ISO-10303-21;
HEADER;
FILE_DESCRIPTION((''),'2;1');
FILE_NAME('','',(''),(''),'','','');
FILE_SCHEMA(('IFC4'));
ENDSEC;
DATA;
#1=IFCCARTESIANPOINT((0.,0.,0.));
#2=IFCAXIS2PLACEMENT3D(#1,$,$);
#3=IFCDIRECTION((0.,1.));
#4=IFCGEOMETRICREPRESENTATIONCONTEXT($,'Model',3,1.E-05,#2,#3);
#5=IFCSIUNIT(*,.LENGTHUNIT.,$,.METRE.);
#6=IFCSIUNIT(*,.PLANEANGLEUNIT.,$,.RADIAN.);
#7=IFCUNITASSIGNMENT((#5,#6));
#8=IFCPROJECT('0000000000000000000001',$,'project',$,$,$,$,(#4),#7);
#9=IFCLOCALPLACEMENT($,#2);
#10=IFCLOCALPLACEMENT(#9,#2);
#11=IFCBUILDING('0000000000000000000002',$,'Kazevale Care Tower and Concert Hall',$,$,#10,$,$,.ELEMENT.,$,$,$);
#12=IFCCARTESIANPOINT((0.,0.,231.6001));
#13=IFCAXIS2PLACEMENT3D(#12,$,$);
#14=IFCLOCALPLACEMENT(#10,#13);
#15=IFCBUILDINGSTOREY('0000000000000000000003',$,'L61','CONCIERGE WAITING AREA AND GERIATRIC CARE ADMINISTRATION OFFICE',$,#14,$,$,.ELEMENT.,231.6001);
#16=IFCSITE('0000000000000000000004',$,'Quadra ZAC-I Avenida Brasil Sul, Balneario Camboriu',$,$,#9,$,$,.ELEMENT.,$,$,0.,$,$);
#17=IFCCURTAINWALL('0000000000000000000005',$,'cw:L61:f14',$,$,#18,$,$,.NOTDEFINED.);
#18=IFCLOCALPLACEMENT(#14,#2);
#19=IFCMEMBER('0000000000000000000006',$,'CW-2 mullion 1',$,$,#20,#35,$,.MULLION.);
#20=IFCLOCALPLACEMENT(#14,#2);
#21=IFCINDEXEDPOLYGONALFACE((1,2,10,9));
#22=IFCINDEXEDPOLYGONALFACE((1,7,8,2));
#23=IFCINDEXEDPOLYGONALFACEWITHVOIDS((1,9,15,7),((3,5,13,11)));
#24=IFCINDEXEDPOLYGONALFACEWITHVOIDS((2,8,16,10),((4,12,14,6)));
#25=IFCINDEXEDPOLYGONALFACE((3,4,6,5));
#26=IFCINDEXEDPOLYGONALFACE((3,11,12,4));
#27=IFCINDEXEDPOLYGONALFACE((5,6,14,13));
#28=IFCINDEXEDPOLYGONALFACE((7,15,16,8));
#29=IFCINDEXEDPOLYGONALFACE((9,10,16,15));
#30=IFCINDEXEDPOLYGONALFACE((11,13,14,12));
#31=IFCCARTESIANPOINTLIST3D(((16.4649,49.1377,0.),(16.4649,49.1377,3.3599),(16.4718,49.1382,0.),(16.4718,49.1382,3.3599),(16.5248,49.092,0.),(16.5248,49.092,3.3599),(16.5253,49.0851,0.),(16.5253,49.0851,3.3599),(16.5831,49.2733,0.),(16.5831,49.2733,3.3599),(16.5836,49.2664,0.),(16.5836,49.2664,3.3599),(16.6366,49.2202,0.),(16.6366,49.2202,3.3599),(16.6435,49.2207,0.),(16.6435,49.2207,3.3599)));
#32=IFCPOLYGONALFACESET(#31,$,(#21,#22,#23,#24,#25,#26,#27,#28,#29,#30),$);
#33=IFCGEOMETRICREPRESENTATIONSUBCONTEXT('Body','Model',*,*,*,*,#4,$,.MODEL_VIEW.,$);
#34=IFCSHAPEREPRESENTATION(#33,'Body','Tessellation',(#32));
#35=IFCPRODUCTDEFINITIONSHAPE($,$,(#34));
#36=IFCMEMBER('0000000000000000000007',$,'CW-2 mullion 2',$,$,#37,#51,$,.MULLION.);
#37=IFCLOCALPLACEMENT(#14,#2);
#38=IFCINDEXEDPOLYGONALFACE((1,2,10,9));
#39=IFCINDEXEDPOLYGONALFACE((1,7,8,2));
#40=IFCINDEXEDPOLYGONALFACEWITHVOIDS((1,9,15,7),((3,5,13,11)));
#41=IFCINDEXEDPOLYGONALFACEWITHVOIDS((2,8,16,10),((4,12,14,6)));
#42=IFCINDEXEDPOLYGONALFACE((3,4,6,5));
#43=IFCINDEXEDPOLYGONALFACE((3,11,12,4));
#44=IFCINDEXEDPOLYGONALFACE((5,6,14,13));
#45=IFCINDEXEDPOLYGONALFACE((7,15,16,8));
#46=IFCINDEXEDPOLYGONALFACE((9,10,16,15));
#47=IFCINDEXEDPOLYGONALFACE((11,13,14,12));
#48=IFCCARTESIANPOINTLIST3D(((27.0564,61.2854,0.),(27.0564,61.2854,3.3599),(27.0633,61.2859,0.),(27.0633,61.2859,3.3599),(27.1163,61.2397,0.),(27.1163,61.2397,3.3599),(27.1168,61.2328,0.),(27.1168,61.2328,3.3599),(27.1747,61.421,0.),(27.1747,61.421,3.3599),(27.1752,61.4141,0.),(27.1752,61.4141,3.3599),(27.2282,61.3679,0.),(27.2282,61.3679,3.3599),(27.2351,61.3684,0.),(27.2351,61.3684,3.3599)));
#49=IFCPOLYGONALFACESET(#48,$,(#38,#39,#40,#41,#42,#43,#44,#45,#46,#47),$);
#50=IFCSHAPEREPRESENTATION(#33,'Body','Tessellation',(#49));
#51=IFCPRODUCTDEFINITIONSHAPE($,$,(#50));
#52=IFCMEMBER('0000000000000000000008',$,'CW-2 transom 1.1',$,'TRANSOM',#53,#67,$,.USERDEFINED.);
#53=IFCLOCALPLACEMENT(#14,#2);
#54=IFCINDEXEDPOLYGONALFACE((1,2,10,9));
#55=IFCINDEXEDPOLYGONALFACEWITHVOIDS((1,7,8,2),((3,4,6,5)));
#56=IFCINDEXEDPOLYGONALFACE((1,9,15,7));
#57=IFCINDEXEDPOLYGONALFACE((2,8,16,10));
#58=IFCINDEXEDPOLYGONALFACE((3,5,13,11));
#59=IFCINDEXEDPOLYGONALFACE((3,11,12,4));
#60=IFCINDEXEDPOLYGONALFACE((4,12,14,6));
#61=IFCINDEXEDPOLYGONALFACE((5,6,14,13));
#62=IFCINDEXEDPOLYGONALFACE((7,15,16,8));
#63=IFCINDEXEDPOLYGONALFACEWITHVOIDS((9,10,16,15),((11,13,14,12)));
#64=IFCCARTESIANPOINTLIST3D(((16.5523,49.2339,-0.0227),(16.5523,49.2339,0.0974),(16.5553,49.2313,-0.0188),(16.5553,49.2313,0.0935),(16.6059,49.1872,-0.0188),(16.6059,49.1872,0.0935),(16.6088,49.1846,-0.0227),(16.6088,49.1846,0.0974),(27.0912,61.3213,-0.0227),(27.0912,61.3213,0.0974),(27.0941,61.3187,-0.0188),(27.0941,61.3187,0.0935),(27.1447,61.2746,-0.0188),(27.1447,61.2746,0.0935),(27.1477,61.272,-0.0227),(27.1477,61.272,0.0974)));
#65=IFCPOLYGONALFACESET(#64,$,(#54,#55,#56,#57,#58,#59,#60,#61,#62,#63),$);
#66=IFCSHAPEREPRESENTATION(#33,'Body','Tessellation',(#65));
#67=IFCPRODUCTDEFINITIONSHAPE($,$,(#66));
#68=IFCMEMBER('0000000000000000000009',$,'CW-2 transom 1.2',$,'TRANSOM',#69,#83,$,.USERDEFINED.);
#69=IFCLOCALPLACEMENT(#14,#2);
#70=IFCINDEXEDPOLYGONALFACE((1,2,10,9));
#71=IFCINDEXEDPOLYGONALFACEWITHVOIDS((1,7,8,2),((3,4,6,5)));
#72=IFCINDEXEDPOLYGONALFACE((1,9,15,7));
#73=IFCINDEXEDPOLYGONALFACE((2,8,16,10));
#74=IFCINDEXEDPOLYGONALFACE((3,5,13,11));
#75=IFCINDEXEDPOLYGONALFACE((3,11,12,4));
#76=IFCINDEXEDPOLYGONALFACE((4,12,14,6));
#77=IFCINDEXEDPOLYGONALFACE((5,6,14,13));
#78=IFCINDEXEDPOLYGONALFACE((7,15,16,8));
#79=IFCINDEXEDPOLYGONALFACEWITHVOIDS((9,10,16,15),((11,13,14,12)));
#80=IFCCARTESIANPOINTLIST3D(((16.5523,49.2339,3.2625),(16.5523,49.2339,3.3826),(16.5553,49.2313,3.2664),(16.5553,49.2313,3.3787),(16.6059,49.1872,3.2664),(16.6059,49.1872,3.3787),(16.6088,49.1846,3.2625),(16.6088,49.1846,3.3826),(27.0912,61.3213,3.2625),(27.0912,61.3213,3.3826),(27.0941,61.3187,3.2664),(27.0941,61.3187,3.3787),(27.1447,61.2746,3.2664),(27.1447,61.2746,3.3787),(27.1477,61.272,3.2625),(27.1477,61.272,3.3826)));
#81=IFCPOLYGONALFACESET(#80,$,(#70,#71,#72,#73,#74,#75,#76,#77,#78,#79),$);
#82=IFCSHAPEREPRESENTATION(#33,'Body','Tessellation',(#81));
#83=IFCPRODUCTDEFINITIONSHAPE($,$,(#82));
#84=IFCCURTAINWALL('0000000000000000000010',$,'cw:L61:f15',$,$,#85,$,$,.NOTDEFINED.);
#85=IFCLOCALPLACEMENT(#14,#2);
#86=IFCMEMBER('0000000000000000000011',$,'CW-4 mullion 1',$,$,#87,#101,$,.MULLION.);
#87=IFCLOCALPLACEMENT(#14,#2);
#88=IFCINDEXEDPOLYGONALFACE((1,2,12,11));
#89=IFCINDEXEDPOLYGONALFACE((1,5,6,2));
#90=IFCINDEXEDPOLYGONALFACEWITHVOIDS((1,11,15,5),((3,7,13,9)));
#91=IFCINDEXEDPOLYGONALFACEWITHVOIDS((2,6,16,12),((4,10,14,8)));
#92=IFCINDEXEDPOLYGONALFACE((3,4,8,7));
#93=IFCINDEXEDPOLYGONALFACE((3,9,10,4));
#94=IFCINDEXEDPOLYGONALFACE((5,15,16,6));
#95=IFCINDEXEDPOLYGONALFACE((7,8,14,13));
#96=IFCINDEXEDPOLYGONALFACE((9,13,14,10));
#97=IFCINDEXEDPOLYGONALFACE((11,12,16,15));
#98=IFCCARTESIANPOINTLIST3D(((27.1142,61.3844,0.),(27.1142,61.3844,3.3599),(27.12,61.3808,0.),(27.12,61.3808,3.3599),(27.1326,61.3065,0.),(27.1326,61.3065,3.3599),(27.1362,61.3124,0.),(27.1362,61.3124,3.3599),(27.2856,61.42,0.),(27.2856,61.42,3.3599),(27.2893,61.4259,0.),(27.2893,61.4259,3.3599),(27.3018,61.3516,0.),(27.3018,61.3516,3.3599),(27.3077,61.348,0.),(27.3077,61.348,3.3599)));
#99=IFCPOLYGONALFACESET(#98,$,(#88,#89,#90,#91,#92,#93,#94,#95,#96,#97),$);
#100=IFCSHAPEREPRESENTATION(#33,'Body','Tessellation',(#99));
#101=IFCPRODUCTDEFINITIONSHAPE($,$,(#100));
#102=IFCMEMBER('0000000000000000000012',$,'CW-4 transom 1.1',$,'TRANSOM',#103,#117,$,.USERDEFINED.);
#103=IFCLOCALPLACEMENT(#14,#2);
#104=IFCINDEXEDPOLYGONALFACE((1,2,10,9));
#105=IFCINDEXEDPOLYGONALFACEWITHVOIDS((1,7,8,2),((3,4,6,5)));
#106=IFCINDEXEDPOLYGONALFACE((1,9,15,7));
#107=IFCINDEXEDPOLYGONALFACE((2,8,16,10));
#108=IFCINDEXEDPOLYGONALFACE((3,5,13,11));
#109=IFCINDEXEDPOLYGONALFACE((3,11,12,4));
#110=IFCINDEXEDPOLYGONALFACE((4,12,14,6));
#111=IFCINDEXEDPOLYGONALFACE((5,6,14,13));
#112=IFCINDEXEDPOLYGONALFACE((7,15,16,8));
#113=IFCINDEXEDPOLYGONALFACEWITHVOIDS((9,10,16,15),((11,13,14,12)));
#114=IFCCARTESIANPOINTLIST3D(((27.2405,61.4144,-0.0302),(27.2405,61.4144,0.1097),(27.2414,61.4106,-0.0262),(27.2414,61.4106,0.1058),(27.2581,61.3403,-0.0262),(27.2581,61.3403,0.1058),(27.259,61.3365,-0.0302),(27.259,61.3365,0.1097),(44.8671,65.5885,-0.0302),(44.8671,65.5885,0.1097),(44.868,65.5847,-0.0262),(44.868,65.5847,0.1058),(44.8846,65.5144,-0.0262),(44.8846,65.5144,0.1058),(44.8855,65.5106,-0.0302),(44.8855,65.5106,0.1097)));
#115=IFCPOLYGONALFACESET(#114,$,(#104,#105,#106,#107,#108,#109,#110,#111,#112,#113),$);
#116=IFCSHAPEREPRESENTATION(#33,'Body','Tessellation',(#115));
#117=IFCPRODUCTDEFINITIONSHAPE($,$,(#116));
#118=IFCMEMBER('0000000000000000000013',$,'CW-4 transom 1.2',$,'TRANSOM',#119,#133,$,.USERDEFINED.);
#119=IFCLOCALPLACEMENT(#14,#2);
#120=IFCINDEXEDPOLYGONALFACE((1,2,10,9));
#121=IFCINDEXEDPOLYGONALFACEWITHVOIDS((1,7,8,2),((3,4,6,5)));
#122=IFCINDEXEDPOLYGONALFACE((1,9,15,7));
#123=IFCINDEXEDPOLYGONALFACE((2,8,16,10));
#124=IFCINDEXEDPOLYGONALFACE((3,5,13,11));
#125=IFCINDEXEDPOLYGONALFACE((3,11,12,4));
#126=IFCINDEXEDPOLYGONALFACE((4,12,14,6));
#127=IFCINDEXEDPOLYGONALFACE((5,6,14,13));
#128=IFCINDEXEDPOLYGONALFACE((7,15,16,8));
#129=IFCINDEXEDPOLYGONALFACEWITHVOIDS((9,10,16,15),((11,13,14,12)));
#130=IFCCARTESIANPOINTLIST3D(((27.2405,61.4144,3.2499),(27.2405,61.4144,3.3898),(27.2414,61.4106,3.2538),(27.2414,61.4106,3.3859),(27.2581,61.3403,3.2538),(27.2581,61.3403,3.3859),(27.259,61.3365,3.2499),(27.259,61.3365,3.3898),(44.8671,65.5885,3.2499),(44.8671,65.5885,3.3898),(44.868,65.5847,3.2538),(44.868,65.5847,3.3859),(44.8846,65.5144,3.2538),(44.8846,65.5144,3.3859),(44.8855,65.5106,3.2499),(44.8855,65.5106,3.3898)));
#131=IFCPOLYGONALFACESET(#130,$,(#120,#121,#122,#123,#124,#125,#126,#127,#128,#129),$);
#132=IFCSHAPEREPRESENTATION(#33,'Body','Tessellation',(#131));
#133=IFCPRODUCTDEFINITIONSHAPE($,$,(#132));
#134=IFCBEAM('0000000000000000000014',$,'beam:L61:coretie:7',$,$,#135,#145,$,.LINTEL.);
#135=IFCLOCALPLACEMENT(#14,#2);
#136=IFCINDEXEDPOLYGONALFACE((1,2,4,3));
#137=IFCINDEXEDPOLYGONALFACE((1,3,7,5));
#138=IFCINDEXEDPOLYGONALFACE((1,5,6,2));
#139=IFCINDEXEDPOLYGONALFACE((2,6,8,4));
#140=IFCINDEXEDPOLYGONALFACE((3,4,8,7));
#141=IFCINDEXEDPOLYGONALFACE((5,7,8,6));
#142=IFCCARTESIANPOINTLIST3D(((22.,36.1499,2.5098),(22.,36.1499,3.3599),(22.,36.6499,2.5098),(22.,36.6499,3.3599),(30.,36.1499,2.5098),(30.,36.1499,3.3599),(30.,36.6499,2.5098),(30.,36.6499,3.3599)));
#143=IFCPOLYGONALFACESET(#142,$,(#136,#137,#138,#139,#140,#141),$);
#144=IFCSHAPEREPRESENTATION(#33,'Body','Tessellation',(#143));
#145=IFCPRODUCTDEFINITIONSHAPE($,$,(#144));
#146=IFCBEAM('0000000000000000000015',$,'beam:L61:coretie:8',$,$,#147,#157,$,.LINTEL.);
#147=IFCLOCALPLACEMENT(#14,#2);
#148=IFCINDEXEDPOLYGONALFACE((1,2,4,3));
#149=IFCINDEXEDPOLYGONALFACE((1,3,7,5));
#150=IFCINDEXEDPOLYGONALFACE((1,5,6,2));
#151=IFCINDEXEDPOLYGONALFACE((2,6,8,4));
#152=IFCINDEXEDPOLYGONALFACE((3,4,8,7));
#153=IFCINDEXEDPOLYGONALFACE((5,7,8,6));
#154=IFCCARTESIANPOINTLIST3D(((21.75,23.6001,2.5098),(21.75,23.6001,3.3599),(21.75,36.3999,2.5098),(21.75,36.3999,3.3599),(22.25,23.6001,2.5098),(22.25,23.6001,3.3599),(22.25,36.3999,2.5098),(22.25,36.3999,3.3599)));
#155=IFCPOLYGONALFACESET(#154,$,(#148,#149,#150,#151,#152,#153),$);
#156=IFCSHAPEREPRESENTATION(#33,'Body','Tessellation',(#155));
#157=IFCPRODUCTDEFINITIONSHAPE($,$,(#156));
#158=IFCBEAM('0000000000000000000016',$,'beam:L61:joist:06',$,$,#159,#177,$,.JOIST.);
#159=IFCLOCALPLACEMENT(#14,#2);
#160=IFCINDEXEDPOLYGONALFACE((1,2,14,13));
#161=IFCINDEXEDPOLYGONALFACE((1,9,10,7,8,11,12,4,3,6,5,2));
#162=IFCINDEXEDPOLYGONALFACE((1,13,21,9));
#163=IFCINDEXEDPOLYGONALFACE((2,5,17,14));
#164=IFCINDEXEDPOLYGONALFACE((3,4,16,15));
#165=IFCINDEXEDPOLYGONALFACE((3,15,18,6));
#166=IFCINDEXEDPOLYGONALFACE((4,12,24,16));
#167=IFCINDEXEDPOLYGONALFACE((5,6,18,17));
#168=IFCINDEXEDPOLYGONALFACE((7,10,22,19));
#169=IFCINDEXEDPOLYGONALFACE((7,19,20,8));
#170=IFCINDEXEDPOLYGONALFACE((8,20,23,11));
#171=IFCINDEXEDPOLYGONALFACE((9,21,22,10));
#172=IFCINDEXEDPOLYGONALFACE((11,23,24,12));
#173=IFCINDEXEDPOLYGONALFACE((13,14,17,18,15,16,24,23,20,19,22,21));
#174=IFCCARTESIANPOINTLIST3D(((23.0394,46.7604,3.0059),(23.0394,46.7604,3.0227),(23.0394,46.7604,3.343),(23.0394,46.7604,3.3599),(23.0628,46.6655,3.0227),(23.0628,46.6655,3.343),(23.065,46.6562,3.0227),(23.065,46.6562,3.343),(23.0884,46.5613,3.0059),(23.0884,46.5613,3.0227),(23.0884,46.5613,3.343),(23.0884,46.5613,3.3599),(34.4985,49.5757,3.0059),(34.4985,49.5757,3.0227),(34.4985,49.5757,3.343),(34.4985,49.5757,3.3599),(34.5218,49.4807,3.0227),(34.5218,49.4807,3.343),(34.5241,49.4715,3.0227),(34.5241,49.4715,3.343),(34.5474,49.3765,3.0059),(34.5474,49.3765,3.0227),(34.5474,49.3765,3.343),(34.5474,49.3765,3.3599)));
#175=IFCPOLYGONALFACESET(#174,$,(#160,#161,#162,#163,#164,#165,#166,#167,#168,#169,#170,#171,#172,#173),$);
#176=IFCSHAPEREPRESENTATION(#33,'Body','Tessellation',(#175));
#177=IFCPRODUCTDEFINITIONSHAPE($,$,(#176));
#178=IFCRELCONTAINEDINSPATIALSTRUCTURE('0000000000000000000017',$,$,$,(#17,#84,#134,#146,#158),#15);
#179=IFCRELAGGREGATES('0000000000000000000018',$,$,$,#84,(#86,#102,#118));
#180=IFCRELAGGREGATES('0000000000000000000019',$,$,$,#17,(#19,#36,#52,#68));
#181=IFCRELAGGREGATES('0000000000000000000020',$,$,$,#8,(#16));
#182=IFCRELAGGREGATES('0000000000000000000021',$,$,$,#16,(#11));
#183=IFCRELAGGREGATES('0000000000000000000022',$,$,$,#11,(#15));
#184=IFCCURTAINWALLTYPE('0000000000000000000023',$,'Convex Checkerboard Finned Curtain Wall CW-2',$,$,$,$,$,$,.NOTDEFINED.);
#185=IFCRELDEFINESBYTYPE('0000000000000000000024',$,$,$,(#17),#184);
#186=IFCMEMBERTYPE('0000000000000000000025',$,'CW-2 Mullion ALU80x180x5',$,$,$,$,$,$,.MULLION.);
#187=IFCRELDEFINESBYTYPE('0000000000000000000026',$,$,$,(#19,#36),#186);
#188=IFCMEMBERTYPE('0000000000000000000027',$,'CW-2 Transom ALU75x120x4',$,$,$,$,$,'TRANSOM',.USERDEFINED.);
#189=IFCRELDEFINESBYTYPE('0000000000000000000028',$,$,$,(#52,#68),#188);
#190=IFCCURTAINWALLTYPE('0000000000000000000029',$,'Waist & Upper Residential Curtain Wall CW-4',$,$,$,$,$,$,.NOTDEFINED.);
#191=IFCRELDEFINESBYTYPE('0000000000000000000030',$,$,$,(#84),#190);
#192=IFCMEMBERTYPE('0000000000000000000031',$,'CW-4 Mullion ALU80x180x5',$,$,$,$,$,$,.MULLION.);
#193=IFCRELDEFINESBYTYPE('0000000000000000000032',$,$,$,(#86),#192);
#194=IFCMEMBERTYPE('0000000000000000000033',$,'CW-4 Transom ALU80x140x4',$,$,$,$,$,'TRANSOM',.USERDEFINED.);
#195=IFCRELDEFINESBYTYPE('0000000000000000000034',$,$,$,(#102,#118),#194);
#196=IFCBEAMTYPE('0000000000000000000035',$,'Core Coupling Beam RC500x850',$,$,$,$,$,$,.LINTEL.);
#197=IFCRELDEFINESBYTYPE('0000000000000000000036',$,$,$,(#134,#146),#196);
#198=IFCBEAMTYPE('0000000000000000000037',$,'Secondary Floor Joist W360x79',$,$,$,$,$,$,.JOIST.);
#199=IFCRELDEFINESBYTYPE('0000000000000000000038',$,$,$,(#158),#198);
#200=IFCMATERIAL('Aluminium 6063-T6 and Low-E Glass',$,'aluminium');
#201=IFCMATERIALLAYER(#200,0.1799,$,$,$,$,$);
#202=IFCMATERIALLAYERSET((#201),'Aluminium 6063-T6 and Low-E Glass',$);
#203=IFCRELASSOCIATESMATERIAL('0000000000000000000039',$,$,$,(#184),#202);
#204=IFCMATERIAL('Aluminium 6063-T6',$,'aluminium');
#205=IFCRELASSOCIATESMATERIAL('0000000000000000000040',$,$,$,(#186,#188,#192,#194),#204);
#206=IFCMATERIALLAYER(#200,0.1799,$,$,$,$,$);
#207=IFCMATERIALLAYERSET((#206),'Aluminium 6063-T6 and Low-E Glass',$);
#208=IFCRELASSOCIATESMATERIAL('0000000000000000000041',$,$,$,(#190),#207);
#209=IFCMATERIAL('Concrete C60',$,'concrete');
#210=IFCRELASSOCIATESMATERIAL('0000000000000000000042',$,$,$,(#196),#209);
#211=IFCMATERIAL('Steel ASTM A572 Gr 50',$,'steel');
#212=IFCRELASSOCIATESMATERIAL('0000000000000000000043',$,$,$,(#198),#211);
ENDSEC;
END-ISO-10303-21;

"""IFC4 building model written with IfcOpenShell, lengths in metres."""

from ifc_helpers import new_model, si_unit, direction, frame, origin, origin_2d, place, context, subcontext, project, spatial, rectangle, hollow_rectangle, i_section, extrude, material, layer, layer_set, material_profile, profile_set, type_object, element, aggregate, save


model = new_model("IFC4")

# Units and contexts
model_context = context("Model", 3, precision=1e-05, world=origin(), true_north=direction((0.0, 1.0)))
body_context = subcontext(model_context, "Body", "Model", "MODEL_VIEW")
ifc_project = project(units=[si_unit("LENGTHUNIT", "METRE"), si_unit("PLANEANGLEUNIT", "RADIAN")], contexts=[model_context])

# Site, building, storey
site_placement = place(None, origin())
site = spatial("IfcSite", under=ifc_project, at=site_placement, Name="Quadra ZAC-I Avenida Brasil Sul, Balneario Camboriu", CompositionType="ELEMENT", RefElevation=0.0)
building_placement = place(site_placement, origin())
building = spatial("IfcBuilding", under=site, at=building_placement, Name="Kazevale Care Tower and Concert Hall", CompositionType="ELEMENT")
storey_placement = place(building_placement, frame((0.0, 0.0, 231.6001)))
storey = spatial("IfcBuildingStorey", under=building, at=storey_placement, Name="L61", Description="CONCIERGE WAITING AREA AND GERIATRIC CARE ADMINISTRATION OFFICE", CompositionType="ELEMENT", Elevation=231.6001)

# Curtain walls, members
ifc_material_1 = material(Name="Aluminium 6063-T6 and Low-E Glass", Category="aluminium")
ifc_layer_1 = layer(ifc_material_1, 0.1799)
ifc_layer_set_1 = layer_set([ifc_layer_1], Name="Aluminium 6063-T6 and Low-E Glass")
curtain_wall_type_1 = type_object("IfcCurtainWallType", Name="Convex Checkerboard Finned Curtain Wall CW-2", PredefinedType="NOTDEFINED", material=ifc_layer_set_1)
curtain_wall_1_placement = place(storey_placement, origin())
curtain_wall_1 = element("IfcCurtainWall", 1, at=curtain_wall_1_placement, inside=storey, type_object=curtain_wall_type_1, Name="cw:L61:f14", PredefinedType="NOTDEFINED")
ifc_material_2 = material(Name="Aluminium 6063-T6", Category="aluminium")
ifc_material_profile_1 = material_profile(ifc_material_2, hollow_rectangle(XDim=0.0801, YDim=0.1799, WallThickness=0.0049, at=origin_2d()), Name="ALU80x180x5")
ifc_profile_set_1 = profile_set([ifc_material_profile_1], Name="Aluminium 6063-T6")
member_type_1 = type_object("IfcMemberType", Name="CW-2 Mullion ALU80x180x5", PredefinedType="MULLION", material=ifc_profile_set_1)
member_1_placement = place(storey_placement, frame((16.5542, 49.1792, 0.0), z_axis=(0.0, 0.0, 1.0), x_axis=(-0.753738, 0.657175, 0.0)))
member_1 = element("IfcMember", 2, at=member_1_placement, type_object=member_type_1, Name="CW-2 mullion 1", PredefinedType="MULLION", context=body_context, shape_type="SweptSolid", body=[
    extrude(hollow_rectangle(XDim=0.0801, YDim=0.1799, WallThickness=0.0049, at=origin_2d()), origin(), (0.0, 0.0, 1.0), 3.3599),
])
member_2_placement = place(storey_placement, frame((27.1458, 61.3269, 0.0), z_axis=(0.0, 0.0, 1.0), x_axis=(-0.753738, 0.657175, 0.0)))
member_2 = element("IfcMember", 3, at=member_2_placement, type_object=member_type_1, Name="CW-2 mullion 2", PredefinedType="MULLION", context=body_context, shape_type="SweptSolid", body=[
    extrude(hollow_rectangle(XDim=0.0801, YDim=0.1799, WallThickness=0.0049, at=origin_2d()), origin(), (0.0, 0.0, 1.0), 3.3599),
])
ifc_material_profile_2 = material_profile(ifc_material_2, hollow_rectangle(XDim=0.075, YDim=0.1201, WallThickness=0.0039, at=origin_2d()), Name="ALU75x120x4")
ifc_profile_set_2 = profile_set([ifc_material_profile_2], Name="Aluminium 6063-T6")
member_type_2 = type_object("IfcMemberType", Name="CW-2 Transom ALU75x120x4", ElementType="TRANSOM", PredefinedType="USERDEFINED", material=ifc_profile_set_2)
member_3_placement = place(storey_placement, frame((16.5806, 49.2092, 0.0374), z_axis=(0.657174, 0.753739, 0.0), x_axis=(-0.753739, 0.657174, 0.0)))
member_3 = element("IfcMember", 4, at=member_3_placement, type_object=member_type_2, Name="CW-2 transom 1.1", ObjectType="TRANSOM", PredefinedType="USERDEFINED", context=body_context, shape_type="SweptSolid", body=[
    extrude(hollow_rectangle(XDim=0.075, YDim=0.1201, WallThickness=0.0039, at=origin_2d()), origin(), (0.0, 0.0, 1.0), 16.0366),
])
member_4_placement = place(storey_placement, frame((16.5806, 49.2092, 3.3225), z_axis=(0.657174, 0.753739, 0.0), x_axis=(-0.753739, 0.657174, 0.0)))
member_4 = element("IfcMember", 5, at=member_4_placement, type_object=member_type_2, Name="CW-2 transom 1.2", ObjectType="TRANSOM", PredefinedType="USERDEFINED", context=body_context, shape_type="SweptSolid", body=[
    extrude(hollow_rectangle(XDim=0.075, YDim=0.1201, WallThickness=0.0039, at=origin_2d()), origin(), (0.0, 0.0, 1.0), 16.0366),
])
ifc_layer_2 = layer(ifc_material_1, 0.1799)
ifc_layer_set_2 = layer_set([ifc_layer_2], Name="Aluminium 6063-T6 and Low-E Glass")
curtain_wall_type_2 = type_object("IfcCurtainWallType", Name="Waist & Upper Residential Curtain Wall CW-4", PredefinedType="NOTDEFINED", material=ifc_layer_set_2)
curtain_wall_2_placement = place(storey_placement, origin())
curtain_wall_2 = element("IfcCurtainWall", 6, at=curtain_wall_2_placement, inside=storey, type_object=curtain_wall_type_2, Name="cw:L61:f15", PredefinedType="NOTDEFINED")
ifc_material_profile_3 = material_profile(ifc_material_2, hollow_rectangle(XDim=0.0801, YDim=0.1799, WallThickness=0.0049, at=origin_2d()), Name="ALU80x180x5")
ifc_profile_set_3 = profile_set([ifc_material_profile_3], Name="Aluminium 6063-T6")
member_type_3 = type_object("IfcMemberType", Name="CW-4 Mullion ALU80x180x5", PredefinedType="MULLION", material=ifc_profile_set_3)
member_5_placement = place(storey_placement, frame((27.2109, 61.3662, 0.0), z_axis=(0.0, 0.0, 1.0), x_axis=(-0.230439, 0.973087, 0.0)))
member_5 = element("IfcMember", 7, at=member_5_placement, type_object=member_type_3, Name="CW-4 mullion 1", PredefinedType="MULLION", context=body_context, shape_type="SweptSolid", body=[
    extrude(hollow_rectangle(XDim=0.0801, YDim=0.1799, WallThickness=0.0049, at=origin_2d()), origin(), (0.0, 0.0, 1.0), 3.3599),
])
ifc_material_profile_4 = material_profile(ifc_material_2, hollow_rectangle(XDim=0.0801, YDim=0.1399, WallThickness=0.0039, at=origin_2d()), Name="ALU80x140x4")
ifc_profile_set_4 = profile_set([ifc_material_profile_4], Name="Aluminium 6063-T6")
member_type_4 = type_object("IfcMemberType", Name="CW-4 Transom ALU80x140x4", ElementType="TRANSOM", PredefinedType="USERDEFINED", material=ifc_profile_set_4)
member_6_placement = place(storey_placement, frame((27.2498, 61.3755, 0.0398), z_axis=(0.973088, 0.230434, 0.0), x_axis=(-0.230434, 0.973088, 0.0)))
member_6 = element("IfcMember", 8, at=member_6_placement, type_object=member_type_4, Name="CW-4 transom 1.1", ObjectType="TRANSOM", PredefinedType="USERDEFINED", context=body_context, shape_type="SweptSolid", body=[
    extrude(hollow_rectangle(XDim=0.0801, YDim=0.1399, WallThickness=0.0039, at=origin_2d()), origin(), (0.0, 0.0, 1.0), 18.114),
])
member_7_placement = place(storey_placement, frame((27.2498, 61.3755, 3.3198), z_axis=(0.973088, 0.230434, 0.0), x_axis=(-0.230434, 0.973088, 0.0)))
member_7 = element("IfcMember", 9, at=member_7_placement, type_object=member_type_4, Name="CW-4 transom 1.2", ObjectType="TRANSOM", PredefinedType="USERDEFINED", context=body_context, shape_type="SweptSolid", body=[
    extrude(hollow_rectangle(XDim=0.0801, YDim=0.1399, WallThickness=0.0039, at=origin_2d()), origin(), (0.0, 0.0, 1.0), 18.114),
])
aggregate(curtain_wall_2, [member_5, member_6, member_7])

# Beams
ifc_material_3 = material(Name="Concrete C60", Category="concrete")
ifc_material_profile_5 = material_profile(ifc_material_3, rectangle(XDim=0.5, YDim=0.8501, at=origin_2d()), Name="RC-B500x850")
ifc_profile_set_5 = profile_set([ifc_material_profile_5], Name="Concrete C60")
beam_type_1 = type_object("IfcBeamType", Name="Core Coupling Beam RC500x850", PredefinedType="LINTEL", material=ifc_profile_set_5)
beam_1_placement = place(storey_placement, frame((30.0, 36.3999, 2.9348), z_axis=(-1.0, 0.0, 0.0), x_axis=(0.0, -1.0, 0.0)))
element("IfcBeam", 10, at=beam_1_placement, inside=storey, type_object=beam_type_1, Name="beam:L61:coretie:7", PredefinedType="LINTEL", context=body_context, shape_type="SweptSolid", body=[
    extrude(rectangle(XDim=0.5, YDim=0.8501, at=origin_2d()), origin(), (0.0, 0.0, 1.0), 8.0),
])
beam_2_placement = place(storey_placement, frame((22.0, 36.3999, 2.9348), z_axis=(0.0, -1.0, 0.0), x_axis=(1.0, 0.0, 0.0)))
element("IfcBeam", 11, at=beam_2_placement, inside=storey, type_object=beam_type_1, Name="beam:L61:coretie:8", PredefinedType="LINTEL", context=body_context, shape_type="SweptSolid", body=[
    extrude(rectangle(XDim=0.5, YDim=0.8501, at=origin_2d()), origin(), (0.0, 0.0, 1.0), 12.7998),
])
ifc_material_4 = material(Name="Steel ASTM A572 Gr 50", Category="steel")
ifc_material_profile_6 = material_profile(ifc_material_4, i_section(OverallWidth=0.2051, OverallDepth=0.354, WebThickness=0.0095, FlangeThickness=0.0168, at=origin_2d()), Name="W360x79")
ifc_profile_set_6 = profile_set([ifc_material_profile_6], Name="Steel ASTM A572 Gr 50")
beam_type_2 = type_object("IfcBeamType", Name="Secondary Floor Joist W360x79", PredefinedType="JOIST", material=ifc_profile_set_6)
beam_3_placement = place(storey_placement, frame((34.5229, 49.4761, 3.1829), z_axis=(-0.971123, -0.238581, 0.0), x_axis=(0.238581, -0.971123, 0.0)))
element("IfcBeam", 12, at=beam_3_placement, inside=storey, type_object=beam_type_2, Name="beam:L61:joist:06", PredefinedType="JOIST", context=body_context, shape_type="SweptSolid", body=[
    extrude(i_section(OverallWidth=0.2051, OverallDepth=0.354, WebThickness=0.0095, FlangeThickness=0.0168, at=origin_2d()), origin(), (0.0, 0.0, 1.0), 11.7998),
])

aggregate(curtain_wall_1, [member_1, member_2, member_3, member_4])

save(model, "model.ifc")
